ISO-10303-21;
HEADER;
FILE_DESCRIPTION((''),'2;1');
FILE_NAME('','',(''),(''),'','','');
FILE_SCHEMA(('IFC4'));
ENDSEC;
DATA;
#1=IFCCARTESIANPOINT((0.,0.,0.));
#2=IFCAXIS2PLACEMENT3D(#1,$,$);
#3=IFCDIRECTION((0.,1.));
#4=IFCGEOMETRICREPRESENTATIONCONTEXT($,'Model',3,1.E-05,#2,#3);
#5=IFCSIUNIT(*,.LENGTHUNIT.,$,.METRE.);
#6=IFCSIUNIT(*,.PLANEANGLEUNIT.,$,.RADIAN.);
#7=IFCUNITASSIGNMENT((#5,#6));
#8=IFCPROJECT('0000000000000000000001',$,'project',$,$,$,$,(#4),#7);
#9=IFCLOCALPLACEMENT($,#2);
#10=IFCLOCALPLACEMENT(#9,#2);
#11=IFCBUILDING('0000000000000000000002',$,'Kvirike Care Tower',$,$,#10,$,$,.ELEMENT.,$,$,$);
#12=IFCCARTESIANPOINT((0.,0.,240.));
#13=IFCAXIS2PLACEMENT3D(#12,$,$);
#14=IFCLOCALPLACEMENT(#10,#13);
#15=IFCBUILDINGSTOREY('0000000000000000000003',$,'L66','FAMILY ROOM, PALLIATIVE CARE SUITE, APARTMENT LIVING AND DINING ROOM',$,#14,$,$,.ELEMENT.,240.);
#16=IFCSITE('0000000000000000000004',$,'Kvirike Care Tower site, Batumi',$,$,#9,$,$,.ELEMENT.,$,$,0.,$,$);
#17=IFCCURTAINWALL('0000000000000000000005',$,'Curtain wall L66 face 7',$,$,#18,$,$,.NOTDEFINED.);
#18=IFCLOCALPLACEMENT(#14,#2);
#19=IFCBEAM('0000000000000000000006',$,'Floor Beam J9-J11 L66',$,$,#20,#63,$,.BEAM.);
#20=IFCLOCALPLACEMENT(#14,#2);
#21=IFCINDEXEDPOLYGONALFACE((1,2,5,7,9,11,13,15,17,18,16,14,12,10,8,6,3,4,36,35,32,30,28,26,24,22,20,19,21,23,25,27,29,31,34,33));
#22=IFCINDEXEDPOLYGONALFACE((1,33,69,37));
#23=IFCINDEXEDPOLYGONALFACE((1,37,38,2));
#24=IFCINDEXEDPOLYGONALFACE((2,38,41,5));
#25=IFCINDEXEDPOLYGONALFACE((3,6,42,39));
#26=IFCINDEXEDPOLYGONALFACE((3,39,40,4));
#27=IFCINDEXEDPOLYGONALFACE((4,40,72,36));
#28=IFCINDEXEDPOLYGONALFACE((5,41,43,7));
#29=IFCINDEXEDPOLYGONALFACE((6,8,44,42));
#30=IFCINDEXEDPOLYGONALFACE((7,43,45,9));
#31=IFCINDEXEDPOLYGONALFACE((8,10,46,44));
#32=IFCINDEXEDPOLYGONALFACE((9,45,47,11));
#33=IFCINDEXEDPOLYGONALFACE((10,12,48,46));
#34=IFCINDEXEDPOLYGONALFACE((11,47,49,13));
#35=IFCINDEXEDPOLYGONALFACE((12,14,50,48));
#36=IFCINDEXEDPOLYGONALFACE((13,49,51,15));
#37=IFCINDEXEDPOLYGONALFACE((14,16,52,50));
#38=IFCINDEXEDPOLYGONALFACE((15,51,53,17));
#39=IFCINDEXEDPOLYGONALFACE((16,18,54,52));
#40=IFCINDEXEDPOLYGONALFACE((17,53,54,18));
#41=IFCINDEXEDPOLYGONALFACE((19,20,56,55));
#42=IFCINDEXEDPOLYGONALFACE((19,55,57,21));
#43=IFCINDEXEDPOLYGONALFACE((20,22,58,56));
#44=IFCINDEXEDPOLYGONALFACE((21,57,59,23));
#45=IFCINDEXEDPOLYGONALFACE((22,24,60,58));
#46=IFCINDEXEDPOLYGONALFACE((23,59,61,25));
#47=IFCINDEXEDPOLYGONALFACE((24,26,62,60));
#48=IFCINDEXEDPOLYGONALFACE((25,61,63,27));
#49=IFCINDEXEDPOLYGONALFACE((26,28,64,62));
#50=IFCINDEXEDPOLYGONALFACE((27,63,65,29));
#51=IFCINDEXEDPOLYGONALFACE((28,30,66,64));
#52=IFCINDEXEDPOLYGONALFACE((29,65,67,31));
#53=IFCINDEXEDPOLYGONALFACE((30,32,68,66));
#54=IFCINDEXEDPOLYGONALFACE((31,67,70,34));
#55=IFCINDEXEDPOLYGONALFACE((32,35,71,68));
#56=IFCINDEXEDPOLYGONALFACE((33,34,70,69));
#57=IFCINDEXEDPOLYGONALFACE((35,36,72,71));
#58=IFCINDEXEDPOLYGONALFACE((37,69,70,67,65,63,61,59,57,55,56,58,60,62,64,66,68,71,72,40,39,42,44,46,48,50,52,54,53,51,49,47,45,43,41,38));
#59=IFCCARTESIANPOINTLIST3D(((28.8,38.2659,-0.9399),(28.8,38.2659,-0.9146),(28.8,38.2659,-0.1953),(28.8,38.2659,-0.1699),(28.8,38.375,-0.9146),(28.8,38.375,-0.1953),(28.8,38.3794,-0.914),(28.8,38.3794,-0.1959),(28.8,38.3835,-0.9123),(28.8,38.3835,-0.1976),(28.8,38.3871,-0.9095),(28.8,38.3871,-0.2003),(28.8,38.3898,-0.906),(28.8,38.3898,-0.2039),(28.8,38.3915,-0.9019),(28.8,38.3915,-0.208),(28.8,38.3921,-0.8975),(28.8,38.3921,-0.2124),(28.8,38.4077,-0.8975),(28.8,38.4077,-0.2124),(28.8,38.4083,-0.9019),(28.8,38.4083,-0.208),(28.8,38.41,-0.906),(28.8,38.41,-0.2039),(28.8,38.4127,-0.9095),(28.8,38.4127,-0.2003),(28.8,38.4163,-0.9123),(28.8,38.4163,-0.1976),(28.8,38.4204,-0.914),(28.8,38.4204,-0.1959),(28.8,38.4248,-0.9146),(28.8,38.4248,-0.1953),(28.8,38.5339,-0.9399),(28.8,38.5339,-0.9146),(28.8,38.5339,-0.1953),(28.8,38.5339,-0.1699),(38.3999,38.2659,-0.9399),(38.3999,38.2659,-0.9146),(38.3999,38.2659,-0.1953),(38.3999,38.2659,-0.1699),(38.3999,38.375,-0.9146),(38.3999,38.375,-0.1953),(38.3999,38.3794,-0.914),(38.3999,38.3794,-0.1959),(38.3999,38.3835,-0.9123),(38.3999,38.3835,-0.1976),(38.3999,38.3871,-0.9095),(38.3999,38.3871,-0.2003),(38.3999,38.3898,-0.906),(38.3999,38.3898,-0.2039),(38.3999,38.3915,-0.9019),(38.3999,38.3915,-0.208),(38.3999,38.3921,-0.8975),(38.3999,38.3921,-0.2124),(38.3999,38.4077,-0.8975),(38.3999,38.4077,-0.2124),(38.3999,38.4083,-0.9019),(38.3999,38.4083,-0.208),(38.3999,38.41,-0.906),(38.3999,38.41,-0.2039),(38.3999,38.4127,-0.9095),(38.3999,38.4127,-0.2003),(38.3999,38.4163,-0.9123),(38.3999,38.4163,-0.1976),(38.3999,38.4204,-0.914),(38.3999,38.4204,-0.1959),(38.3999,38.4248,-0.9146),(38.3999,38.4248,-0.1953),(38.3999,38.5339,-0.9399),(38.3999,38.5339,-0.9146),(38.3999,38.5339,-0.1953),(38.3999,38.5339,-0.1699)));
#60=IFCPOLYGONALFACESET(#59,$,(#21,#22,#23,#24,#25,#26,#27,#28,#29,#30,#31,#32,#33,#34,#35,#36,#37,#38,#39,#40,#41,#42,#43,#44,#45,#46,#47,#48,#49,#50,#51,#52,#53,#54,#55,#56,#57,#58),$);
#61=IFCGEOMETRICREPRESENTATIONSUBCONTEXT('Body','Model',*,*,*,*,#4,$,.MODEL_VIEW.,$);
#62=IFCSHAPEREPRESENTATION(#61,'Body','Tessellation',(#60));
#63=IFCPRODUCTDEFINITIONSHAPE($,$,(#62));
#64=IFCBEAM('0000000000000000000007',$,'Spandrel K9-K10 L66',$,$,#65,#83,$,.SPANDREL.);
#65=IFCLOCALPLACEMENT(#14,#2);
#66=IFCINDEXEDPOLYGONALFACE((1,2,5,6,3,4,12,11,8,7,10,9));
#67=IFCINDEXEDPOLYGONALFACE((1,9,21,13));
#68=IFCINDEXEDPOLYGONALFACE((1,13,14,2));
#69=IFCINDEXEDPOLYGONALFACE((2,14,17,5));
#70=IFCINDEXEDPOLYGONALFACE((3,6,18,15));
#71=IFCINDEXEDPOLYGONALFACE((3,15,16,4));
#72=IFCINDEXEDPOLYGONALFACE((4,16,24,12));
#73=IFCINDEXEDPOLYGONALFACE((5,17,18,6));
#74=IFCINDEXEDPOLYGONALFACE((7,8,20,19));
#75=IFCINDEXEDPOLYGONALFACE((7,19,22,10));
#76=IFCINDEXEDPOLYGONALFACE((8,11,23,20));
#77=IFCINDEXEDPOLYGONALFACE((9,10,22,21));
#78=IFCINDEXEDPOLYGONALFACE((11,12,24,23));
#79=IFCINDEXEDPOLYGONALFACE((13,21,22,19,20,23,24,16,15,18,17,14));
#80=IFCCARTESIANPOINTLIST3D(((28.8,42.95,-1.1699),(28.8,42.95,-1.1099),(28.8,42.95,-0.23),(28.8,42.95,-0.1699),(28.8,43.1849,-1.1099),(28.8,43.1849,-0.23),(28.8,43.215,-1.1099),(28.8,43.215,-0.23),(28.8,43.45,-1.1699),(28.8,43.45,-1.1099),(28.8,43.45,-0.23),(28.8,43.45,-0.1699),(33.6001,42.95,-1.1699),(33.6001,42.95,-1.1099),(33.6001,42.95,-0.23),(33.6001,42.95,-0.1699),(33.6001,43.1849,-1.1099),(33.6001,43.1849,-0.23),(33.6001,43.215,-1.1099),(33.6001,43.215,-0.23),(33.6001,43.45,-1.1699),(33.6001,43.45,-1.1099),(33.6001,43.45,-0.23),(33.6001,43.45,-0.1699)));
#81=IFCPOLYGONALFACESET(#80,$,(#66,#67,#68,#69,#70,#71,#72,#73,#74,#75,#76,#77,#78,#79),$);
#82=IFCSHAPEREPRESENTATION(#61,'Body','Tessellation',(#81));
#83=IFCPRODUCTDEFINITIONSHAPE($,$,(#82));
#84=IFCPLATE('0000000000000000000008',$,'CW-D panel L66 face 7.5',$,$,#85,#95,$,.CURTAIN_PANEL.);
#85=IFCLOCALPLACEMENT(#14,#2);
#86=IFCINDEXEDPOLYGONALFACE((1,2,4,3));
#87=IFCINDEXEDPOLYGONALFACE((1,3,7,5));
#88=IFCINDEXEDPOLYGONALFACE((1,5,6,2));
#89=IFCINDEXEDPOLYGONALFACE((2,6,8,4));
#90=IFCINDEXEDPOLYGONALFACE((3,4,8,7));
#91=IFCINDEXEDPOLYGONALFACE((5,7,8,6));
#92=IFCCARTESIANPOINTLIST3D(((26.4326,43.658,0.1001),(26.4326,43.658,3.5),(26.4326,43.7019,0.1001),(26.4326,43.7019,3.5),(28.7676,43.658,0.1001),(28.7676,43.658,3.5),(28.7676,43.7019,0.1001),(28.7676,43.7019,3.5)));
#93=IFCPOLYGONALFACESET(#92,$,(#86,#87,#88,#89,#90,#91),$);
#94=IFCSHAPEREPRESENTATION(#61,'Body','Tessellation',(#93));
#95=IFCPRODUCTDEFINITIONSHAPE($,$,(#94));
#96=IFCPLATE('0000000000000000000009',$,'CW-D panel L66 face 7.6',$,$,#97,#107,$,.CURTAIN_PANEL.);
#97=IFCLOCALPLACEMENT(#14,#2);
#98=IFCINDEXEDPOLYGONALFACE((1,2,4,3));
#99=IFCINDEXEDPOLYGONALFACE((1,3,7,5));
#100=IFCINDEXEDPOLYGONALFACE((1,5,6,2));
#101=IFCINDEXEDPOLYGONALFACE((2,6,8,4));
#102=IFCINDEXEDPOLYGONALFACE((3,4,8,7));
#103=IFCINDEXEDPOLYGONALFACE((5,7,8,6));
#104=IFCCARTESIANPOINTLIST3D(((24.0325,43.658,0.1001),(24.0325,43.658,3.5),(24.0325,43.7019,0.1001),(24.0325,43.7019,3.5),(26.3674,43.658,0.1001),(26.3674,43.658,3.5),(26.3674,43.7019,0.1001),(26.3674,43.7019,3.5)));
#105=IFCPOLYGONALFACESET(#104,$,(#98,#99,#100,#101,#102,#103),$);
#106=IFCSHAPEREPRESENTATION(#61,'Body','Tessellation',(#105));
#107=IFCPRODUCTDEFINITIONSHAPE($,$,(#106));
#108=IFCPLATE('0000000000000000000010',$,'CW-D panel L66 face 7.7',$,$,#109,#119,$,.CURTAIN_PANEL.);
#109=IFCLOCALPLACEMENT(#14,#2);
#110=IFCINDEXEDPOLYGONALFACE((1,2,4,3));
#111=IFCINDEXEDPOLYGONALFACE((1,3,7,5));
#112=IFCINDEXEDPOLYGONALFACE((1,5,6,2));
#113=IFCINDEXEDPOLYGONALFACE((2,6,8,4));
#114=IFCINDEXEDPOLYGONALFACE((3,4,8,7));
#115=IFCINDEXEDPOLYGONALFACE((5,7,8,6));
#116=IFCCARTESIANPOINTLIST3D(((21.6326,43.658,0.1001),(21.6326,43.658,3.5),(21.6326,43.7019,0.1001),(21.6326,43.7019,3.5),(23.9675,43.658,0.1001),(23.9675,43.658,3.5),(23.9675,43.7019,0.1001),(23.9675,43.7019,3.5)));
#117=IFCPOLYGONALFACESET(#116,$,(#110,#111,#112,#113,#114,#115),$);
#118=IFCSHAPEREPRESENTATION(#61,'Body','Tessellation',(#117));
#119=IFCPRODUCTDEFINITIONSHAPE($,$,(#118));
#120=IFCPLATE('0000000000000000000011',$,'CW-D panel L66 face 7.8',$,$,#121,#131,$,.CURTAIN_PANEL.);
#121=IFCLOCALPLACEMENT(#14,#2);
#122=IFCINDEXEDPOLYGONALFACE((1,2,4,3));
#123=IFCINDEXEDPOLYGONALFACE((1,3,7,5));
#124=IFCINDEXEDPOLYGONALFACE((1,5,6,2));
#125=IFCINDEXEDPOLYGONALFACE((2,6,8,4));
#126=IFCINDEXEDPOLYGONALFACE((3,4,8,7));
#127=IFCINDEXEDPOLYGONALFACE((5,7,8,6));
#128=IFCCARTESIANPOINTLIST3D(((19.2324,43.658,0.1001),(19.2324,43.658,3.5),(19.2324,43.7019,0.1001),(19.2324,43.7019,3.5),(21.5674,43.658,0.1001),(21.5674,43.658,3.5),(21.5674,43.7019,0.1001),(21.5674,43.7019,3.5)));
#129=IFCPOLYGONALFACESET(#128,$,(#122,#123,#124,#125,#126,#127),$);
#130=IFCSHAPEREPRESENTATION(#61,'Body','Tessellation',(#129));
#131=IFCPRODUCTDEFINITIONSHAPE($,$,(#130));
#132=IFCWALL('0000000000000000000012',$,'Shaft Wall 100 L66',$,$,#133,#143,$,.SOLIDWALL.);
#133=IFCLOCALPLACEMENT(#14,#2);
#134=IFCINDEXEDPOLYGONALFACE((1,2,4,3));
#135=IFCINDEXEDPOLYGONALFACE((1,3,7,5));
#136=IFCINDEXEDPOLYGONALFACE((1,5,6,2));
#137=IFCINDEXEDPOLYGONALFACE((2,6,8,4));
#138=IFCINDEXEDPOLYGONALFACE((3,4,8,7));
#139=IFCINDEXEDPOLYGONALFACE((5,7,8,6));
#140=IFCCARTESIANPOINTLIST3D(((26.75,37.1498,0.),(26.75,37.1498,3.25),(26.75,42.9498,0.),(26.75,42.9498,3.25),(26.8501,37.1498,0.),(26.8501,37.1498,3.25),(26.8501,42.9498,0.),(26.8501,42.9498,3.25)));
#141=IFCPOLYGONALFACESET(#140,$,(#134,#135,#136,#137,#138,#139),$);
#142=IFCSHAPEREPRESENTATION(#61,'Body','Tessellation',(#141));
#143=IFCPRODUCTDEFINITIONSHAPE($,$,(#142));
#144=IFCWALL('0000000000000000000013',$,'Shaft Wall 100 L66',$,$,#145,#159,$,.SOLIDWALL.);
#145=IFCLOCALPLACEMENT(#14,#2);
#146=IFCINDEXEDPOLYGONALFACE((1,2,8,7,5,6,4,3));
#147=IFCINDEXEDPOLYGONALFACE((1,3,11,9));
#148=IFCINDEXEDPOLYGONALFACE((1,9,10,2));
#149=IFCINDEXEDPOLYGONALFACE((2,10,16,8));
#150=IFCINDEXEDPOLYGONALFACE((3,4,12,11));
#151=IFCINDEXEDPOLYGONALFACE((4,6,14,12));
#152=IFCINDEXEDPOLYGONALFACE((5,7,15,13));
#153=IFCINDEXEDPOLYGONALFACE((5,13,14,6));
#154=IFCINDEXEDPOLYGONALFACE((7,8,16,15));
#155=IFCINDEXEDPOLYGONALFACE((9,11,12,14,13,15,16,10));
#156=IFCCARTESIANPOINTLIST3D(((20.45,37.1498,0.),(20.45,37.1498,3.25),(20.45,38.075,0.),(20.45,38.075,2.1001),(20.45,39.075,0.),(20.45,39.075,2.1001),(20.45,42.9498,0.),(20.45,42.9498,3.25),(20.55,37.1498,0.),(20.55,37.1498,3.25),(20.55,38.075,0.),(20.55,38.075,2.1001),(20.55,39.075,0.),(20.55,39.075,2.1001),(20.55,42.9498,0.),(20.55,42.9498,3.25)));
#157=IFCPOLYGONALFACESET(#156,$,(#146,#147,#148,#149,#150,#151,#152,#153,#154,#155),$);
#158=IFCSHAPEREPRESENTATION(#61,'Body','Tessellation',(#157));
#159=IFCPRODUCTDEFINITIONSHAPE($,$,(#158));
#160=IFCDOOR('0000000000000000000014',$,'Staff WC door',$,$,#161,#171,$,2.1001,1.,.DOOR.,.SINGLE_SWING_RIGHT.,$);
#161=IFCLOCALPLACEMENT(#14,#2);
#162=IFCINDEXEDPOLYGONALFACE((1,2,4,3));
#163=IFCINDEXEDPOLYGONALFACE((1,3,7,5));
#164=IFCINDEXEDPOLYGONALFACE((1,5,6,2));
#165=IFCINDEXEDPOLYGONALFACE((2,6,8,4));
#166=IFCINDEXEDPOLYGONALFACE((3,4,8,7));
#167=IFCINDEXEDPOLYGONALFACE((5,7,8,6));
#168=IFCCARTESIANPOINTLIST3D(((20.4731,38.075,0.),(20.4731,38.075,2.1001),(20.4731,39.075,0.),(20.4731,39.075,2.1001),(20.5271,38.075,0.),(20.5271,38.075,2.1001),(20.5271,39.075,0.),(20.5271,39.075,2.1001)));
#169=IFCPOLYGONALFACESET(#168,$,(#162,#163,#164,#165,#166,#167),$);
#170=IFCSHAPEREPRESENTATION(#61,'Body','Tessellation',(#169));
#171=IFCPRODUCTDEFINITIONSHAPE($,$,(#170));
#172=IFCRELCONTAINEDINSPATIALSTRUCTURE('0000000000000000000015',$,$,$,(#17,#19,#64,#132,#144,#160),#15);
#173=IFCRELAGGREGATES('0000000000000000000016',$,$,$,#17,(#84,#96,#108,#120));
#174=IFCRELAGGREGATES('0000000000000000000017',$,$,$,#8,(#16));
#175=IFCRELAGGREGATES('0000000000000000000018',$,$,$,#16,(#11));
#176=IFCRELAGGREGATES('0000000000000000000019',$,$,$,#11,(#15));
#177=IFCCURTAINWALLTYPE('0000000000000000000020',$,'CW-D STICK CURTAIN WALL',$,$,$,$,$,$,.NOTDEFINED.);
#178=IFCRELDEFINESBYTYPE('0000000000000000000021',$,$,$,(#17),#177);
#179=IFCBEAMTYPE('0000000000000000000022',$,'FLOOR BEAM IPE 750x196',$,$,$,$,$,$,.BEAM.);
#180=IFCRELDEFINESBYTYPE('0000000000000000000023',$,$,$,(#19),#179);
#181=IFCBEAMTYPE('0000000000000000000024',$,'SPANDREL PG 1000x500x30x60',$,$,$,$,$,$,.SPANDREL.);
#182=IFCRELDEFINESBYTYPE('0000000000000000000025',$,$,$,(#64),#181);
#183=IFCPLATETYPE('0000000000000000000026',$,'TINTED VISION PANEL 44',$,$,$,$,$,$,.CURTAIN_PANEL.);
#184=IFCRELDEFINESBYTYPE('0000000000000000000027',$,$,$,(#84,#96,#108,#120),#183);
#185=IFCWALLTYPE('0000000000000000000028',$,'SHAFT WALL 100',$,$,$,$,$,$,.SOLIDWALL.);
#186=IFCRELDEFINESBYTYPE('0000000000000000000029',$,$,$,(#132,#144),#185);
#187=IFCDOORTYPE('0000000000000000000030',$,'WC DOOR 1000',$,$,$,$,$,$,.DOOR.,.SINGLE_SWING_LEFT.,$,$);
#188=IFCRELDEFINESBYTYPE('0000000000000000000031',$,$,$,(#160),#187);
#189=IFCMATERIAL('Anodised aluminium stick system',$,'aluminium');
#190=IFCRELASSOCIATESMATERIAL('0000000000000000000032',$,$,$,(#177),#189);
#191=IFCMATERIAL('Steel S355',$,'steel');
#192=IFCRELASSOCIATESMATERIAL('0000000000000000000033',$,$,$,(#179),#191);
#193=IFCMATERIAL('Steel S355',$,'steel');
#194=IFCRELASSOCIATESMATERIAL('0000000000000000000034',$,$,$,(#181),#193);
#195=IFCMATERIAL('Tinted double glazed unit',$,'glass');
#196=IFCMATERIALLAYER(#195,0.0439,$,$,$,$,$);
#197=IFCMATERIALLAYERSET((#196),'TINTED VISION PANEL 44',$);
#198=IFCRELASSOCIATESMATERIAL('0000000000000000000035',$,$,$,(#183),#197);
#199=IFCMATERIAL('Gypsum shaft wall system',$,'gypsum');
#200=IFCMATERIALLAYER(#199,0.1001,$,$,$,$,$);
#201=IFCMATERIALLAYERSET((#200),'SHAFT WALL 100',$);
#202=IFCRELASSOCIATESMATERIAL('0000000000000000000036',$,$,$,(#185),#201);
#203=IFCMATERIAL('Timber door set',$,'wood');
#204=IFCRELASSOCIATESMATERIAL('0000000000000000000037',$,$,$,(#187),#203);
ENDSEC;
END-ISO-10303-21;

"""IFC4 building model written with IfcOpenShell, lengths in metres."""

from ifc_helpers import new_model, si_unit, direction, frame, frame_2d, origin, origin_2d, place, context, subcontext, project, spatial, rectangle, i_section, extrude, material, layer, layer_set, material_profile, profile_set, type_object, element, fill, aggregate, save


model = new_model("IFC4")

# Units and contexts
model_context = context("Model", 3, precision=1e-05, world=origin(), true_north=direction((0.0, 1.0)))
body_context = subcontext(model_context, "Body", "Model", "MODEL_VIEW")
ifc_project = project(units=[si_unit("LENGTHUNIT", "METRE"), si_unit("PLANEANGLEUNIT", "RADIAN")], contexts=[model_context])

# Site, building, storey
site_placement = place(None, origin())
site = spatial("IfcSite", under=ifc_project, at=site_placement, Name="Kvirike Care Tower site, Batumi", CompositionType="ELEMENT", RefElevation=0.0)
building_placement = place(site_placement, origin())
building = spatial("IfcBuilding", under=site, at=building_placement, Name="Kvirike Care Tower", CompositionType="ELEMENT")
storey_placement = place(building_placement, frame((0.0, 0.0, 240.0)))
storey = spatial("IfcBuildingStorey", under=building, at=storey_placement, Name="L66", Description="FAMILY ROOM, PALLIATIVE CARE SUITE, APARTMENT LIVING AND DINING ROOM", CompositionType="ELEMENT", Elevation=240.0)

# Curtain wall
ifc_material_1 = material(Name="Anodised aluminium stick system", Category="aluminium")
curtain_wall_type = type_object("IfcCurtainWallType", Name="CW-D STICK CURTAIN WALL", PredefinedType="NOTDEFINED", material=ifc_material_1)
curtain_wall_placement = place(storey_placement, origin())
curtain_wall = element("IfcCurtainWall", 1, at=curtain_wall_placement, inside=storey, type_object=curtain_wall_type, Name="Curtain wall L66 face 7", PredefinedType="NOTDEFINED")

# Beams
ifc_material_2 = material(Name="Steel S355", Category="steel")
ifc_material_profile_1 = material_profile(ifc_material_2, i_section(OverallWidth=0.2681, OverallDepth=0.77, WebThickness=0.0156, FlangeThickness=0.0254, FilletRadius=0.0171, at=origin_2d()), Name="IPE 750x196")
ifc_profile_set_1 = profile_set([ifc_material_profile_1], Name="Steel S355")
beam_type_1 = type_object("IfcBeamType", Name="FLOOR BEAM IPE 750x196", PredefinedType="BEAM", material=ifc_profile_set_1)
for number, where, z_axis, x_axis, name in (
    (2, (28.8, 38.3999, -0.5549), (1.0, 0.0, 0.0), (0.0, 1.0, 0.0), "Floor Beam J9-J11 L66"),
):
    element("IfcBeam", number, at=place(storey_placement, frame(where, z_axis=z_axis, x_axis=x_axis)), inside=storey, type_object=beam_type_1, Name=name, PredefinedType="BEAM", context=body_context, shape_type="SweptSolid", body=[
        extrude(i_section(OverallWidth=0.2681, OverallDepth=0.77, WebThickness=0.0156, FlangeThickness=0.0254, FilletRadius=0.0171, at=origin_2d()), origin(), (0.0, 0.0, 1.0), 9.5999),
    ])
ifc_material_3 = material(Name="Steel S355", Category="steel")
ifc_material_profile_2 = material_profile(ifc_material_3, i_section(OverallWidth=0.5, OverallDepth=1.0, WebThickness=0.03, FlangeThickness=0.0601, at=origin_2d()), Name="PG 1000x500x30x60")
ifc_profile_set_2 = profile_set([ifc_material_profile_2], Name="Steel S355")
beam_type_2 = type_object("IfcBeamType", Name="SPANDREL PG 1000x500x30x60", PredefinedType="SPANDREL", material=ifc_profile_set_2)
beam_placement = place(storey_placement, frame((28.8, 43.2, -0.6699), z_axis=(1.0, 0.0, 0.0), x_axis=(0.0, 1.0, 0.0)))
element("IfcBeam", 3, at=beam_placement, inside=storey, type_object=beam_type_2, Name="Spandrel K9-K10 L66", PredefinedType="SPANDREL", context=body_context, shape_type="SweptSolid", body=[
    extrude(i_section(OverallWidth=0.5, OverallDepth=1.0, WebThickness=0.03, FlangeThickness=0.0601, at=origin_2d()), origin(), (0.0, 0.0, 1.0), 4.8),
])

# Plates
ifc_material_4 = material(Name="Tinted double glazed unit", Category="glass")
ifc_layer_1 = layer(ifc_material_4, 0.0439)
ifc_layer_set_1 = layer_set([ifc_layer_1], Name="TINTED VISION PANEL 44")
plate_type = type_object("IfcPlateType", Name="TINTED VISION PANEL 44", PredefinedType="CURTAIN_PANEL", material=ifc_layer_set_1)
plate_1_placement = place(storey_placement, frame((27.6001, 43.6799, 0.1001), z_axis=(0.0, 0.0, 1.0), x_axis=(-1.0, 0.0, 0.0)))
plate_1 = element("IfcPlate", 4, at=plate_1_placement, type_object=plate_type, Name="CW-D panel L66 face 7.5", PredefinedType="CURTAIN_PANEL", context=body_context, shape_type="SweptSolid", body=[
    extrude(rectangle(XDim=2.335, YDim=0.0439, at=origin_2d()), origin(), (0.0, 0.0, 1.0), 3.3999),
])
plate_2_placement = place(storey_placement, frame((25.2, 43.6799, 0.1001), z_axis=(0.0, 0.0, 1.0), x_axis=(-1.0, 0.0, 0.0)))
plate_2 = element("IfcPlate", 5, at=plate_2_placement, type_object=plate_type, Name="CW-D panel L66 face 7.6", PredefinedType="CURTAIN_PANEL", context=body_context, shape_type="SweptSolid", body=[
    extrude(rectangle(XDim=2.335, YDim=0.0439, at=origin_2d()), origin(), (0.0, 0.0, 1.0), 3.3999),
])
plate_3_placement = place(storey_placement, frame((22.8, 43.6799, 0.1001), z_axis=(0.0, 0.0, 1.0), x_axis=(-1.0, 0.0, 0.0)))
plate_3 = element("IfcPlate", 6, at=plate_3_placement, type_object=plate_type, Name="CW-D panel L66 face 7.7", PredefinedType="CURTAIN_PANEL", context=body_context, shape_type="SweptSolid", body=[
    extrude(rectangle(XDim=2.335, YDim=0.0439, at=origin_2d()), origin(), (0.0, 0.0, 1.0), 3.3999),
])
plate_4_placement = place(storey_placement, frame((20.3999, 43.6799, 0.1001), z_axis=(0.0, 0.0, 1.0), x_axis=(-1.0, 0.0, 0.0)))
plate_4 = element("IfcPlate", 7, at=plate_4_placement, type_object=plate_type, Name="CW-D panel L66 face 7.8", PredefinedType="CURTAIN_PANEL", context=body_context, shape_type="SweptSolid", body=[
    extrude(rectangle(XDim=2.335, YDim=0.0439, at=origin_2d()), origin(), (0.0, 0.0, 1.0), 3.3999),
])
aggregate(curtain_wall, [plate_1, plate_2, plate_3, plate_4])

# Wall
ifc_material_5 = material(Name="Gypsum shaft wall system", Category="gypsum")
ifc_layer_2 = layer(ifc_material_5, 0.1001)
ifc_layer_set_2 = layer_set([ifc_layer_2], Name="SHAFT WALL 100")
wall_type = type_object("IfcWallType", Name="SHAFT WALL 100", PredefinedType="SOLIDWALL", material=ifc_layer_set_2)
wall_1_placement = place(storey_placement, frame((26.8, 37.1499, 0.0), z_axis=(0.0, 0.0, 1.0), x_axis=(0.0, 1.0, 0.0)))
element("IfcWall", 8, at=wall_1_placement, inside=storey, type_object=wall_type, Name="Shaft Wall 100 L66", PredefinedType="SOLIDWALL", context=body_context, shape_type="SweptSolid", body=[
    extrude(rectangle(XDim=5.8, YDim=0.1001, at=frame_2d((2.8999, 0.0))), origin(), (0.0, 0.0, 1.0), 3.25),
])

# Wall, opening, door
wall_2_placement = place(storey_placement, frame((20.5, 37.1499, 0.0), z_axis=(0.0, 0.0, 1.0), x_axis=(0.0, 1.0, 0.0)))
wall_2 = element("IfcWall", 9, at=wall_2_placement, inside=storey, type_object=wall_type, Name="Shaft Wall 100 L66", PredefinedType="SOLIDWALL", context=body_context, shape_type="SweptSolid", body=[
    extrude(rectangle(XDim=5.8, YDim=0.1001, at=frame_2d((2.8999, 0.0))), origin(), (0.0, 0.0, 1.0), 3.25),
])
opening_1_placement = place(wall_2_placement, frame((0.925, 0.0, 0.0)))
opening_1 = element("IfcOpeningElement", 10, at=opening_1_placement, cuts=wall_2, PredefinedType="OPENING", context=body_context, shape_type="SweptSolid", body=[
    extrude(rectangle(XDim=1.0, YDim=2.1001, at=frame_2d((0.5, 1.05))), frame((0.0, 0.0605, 0.0), z_axis=(0.0, -1.0, 0.0), x_axis=(1.0, 0.0, 0.0)), (0.0, 0.0, 1.0), 0.1211),
])
ifc_material_6 = material(Name="Timber door set", Category="wood")
door_type_1 = type_object("IfcDoorType", Name="WC DOOR 1000", OperationType="SINGLE_SWING_LEFT", PredefinedType="DOOR", material=ifc_material_6)
door_1_placement = place(opening_1_placement, origin())
door_1 = element("IfcDoor", 11, at=door_1_placement, inside=storey, type_object=door_type_1, Name="Staff WC door", OperationType="SINGLE_SWING_RIGHT", OverallHeight=2.1001, OverallWidth=1.0, PredefinedType="DOOR", context=body_context, shape_type="SweptSolid", body=[
    extrude(rectangle(XDim=1.0, YDim=2.1001, at=frame_2d((0.5, 1.05))), frame((0.0, 0.0269, 0.0), z_axis=(0.0, -1.0, 0.0), x_axis=(1.0, 0.0, 0.0)), (0.0, 0.0, 1.0), 0.054),
])
fill(opening_1, door_1)

save(model, "model.ifc")
